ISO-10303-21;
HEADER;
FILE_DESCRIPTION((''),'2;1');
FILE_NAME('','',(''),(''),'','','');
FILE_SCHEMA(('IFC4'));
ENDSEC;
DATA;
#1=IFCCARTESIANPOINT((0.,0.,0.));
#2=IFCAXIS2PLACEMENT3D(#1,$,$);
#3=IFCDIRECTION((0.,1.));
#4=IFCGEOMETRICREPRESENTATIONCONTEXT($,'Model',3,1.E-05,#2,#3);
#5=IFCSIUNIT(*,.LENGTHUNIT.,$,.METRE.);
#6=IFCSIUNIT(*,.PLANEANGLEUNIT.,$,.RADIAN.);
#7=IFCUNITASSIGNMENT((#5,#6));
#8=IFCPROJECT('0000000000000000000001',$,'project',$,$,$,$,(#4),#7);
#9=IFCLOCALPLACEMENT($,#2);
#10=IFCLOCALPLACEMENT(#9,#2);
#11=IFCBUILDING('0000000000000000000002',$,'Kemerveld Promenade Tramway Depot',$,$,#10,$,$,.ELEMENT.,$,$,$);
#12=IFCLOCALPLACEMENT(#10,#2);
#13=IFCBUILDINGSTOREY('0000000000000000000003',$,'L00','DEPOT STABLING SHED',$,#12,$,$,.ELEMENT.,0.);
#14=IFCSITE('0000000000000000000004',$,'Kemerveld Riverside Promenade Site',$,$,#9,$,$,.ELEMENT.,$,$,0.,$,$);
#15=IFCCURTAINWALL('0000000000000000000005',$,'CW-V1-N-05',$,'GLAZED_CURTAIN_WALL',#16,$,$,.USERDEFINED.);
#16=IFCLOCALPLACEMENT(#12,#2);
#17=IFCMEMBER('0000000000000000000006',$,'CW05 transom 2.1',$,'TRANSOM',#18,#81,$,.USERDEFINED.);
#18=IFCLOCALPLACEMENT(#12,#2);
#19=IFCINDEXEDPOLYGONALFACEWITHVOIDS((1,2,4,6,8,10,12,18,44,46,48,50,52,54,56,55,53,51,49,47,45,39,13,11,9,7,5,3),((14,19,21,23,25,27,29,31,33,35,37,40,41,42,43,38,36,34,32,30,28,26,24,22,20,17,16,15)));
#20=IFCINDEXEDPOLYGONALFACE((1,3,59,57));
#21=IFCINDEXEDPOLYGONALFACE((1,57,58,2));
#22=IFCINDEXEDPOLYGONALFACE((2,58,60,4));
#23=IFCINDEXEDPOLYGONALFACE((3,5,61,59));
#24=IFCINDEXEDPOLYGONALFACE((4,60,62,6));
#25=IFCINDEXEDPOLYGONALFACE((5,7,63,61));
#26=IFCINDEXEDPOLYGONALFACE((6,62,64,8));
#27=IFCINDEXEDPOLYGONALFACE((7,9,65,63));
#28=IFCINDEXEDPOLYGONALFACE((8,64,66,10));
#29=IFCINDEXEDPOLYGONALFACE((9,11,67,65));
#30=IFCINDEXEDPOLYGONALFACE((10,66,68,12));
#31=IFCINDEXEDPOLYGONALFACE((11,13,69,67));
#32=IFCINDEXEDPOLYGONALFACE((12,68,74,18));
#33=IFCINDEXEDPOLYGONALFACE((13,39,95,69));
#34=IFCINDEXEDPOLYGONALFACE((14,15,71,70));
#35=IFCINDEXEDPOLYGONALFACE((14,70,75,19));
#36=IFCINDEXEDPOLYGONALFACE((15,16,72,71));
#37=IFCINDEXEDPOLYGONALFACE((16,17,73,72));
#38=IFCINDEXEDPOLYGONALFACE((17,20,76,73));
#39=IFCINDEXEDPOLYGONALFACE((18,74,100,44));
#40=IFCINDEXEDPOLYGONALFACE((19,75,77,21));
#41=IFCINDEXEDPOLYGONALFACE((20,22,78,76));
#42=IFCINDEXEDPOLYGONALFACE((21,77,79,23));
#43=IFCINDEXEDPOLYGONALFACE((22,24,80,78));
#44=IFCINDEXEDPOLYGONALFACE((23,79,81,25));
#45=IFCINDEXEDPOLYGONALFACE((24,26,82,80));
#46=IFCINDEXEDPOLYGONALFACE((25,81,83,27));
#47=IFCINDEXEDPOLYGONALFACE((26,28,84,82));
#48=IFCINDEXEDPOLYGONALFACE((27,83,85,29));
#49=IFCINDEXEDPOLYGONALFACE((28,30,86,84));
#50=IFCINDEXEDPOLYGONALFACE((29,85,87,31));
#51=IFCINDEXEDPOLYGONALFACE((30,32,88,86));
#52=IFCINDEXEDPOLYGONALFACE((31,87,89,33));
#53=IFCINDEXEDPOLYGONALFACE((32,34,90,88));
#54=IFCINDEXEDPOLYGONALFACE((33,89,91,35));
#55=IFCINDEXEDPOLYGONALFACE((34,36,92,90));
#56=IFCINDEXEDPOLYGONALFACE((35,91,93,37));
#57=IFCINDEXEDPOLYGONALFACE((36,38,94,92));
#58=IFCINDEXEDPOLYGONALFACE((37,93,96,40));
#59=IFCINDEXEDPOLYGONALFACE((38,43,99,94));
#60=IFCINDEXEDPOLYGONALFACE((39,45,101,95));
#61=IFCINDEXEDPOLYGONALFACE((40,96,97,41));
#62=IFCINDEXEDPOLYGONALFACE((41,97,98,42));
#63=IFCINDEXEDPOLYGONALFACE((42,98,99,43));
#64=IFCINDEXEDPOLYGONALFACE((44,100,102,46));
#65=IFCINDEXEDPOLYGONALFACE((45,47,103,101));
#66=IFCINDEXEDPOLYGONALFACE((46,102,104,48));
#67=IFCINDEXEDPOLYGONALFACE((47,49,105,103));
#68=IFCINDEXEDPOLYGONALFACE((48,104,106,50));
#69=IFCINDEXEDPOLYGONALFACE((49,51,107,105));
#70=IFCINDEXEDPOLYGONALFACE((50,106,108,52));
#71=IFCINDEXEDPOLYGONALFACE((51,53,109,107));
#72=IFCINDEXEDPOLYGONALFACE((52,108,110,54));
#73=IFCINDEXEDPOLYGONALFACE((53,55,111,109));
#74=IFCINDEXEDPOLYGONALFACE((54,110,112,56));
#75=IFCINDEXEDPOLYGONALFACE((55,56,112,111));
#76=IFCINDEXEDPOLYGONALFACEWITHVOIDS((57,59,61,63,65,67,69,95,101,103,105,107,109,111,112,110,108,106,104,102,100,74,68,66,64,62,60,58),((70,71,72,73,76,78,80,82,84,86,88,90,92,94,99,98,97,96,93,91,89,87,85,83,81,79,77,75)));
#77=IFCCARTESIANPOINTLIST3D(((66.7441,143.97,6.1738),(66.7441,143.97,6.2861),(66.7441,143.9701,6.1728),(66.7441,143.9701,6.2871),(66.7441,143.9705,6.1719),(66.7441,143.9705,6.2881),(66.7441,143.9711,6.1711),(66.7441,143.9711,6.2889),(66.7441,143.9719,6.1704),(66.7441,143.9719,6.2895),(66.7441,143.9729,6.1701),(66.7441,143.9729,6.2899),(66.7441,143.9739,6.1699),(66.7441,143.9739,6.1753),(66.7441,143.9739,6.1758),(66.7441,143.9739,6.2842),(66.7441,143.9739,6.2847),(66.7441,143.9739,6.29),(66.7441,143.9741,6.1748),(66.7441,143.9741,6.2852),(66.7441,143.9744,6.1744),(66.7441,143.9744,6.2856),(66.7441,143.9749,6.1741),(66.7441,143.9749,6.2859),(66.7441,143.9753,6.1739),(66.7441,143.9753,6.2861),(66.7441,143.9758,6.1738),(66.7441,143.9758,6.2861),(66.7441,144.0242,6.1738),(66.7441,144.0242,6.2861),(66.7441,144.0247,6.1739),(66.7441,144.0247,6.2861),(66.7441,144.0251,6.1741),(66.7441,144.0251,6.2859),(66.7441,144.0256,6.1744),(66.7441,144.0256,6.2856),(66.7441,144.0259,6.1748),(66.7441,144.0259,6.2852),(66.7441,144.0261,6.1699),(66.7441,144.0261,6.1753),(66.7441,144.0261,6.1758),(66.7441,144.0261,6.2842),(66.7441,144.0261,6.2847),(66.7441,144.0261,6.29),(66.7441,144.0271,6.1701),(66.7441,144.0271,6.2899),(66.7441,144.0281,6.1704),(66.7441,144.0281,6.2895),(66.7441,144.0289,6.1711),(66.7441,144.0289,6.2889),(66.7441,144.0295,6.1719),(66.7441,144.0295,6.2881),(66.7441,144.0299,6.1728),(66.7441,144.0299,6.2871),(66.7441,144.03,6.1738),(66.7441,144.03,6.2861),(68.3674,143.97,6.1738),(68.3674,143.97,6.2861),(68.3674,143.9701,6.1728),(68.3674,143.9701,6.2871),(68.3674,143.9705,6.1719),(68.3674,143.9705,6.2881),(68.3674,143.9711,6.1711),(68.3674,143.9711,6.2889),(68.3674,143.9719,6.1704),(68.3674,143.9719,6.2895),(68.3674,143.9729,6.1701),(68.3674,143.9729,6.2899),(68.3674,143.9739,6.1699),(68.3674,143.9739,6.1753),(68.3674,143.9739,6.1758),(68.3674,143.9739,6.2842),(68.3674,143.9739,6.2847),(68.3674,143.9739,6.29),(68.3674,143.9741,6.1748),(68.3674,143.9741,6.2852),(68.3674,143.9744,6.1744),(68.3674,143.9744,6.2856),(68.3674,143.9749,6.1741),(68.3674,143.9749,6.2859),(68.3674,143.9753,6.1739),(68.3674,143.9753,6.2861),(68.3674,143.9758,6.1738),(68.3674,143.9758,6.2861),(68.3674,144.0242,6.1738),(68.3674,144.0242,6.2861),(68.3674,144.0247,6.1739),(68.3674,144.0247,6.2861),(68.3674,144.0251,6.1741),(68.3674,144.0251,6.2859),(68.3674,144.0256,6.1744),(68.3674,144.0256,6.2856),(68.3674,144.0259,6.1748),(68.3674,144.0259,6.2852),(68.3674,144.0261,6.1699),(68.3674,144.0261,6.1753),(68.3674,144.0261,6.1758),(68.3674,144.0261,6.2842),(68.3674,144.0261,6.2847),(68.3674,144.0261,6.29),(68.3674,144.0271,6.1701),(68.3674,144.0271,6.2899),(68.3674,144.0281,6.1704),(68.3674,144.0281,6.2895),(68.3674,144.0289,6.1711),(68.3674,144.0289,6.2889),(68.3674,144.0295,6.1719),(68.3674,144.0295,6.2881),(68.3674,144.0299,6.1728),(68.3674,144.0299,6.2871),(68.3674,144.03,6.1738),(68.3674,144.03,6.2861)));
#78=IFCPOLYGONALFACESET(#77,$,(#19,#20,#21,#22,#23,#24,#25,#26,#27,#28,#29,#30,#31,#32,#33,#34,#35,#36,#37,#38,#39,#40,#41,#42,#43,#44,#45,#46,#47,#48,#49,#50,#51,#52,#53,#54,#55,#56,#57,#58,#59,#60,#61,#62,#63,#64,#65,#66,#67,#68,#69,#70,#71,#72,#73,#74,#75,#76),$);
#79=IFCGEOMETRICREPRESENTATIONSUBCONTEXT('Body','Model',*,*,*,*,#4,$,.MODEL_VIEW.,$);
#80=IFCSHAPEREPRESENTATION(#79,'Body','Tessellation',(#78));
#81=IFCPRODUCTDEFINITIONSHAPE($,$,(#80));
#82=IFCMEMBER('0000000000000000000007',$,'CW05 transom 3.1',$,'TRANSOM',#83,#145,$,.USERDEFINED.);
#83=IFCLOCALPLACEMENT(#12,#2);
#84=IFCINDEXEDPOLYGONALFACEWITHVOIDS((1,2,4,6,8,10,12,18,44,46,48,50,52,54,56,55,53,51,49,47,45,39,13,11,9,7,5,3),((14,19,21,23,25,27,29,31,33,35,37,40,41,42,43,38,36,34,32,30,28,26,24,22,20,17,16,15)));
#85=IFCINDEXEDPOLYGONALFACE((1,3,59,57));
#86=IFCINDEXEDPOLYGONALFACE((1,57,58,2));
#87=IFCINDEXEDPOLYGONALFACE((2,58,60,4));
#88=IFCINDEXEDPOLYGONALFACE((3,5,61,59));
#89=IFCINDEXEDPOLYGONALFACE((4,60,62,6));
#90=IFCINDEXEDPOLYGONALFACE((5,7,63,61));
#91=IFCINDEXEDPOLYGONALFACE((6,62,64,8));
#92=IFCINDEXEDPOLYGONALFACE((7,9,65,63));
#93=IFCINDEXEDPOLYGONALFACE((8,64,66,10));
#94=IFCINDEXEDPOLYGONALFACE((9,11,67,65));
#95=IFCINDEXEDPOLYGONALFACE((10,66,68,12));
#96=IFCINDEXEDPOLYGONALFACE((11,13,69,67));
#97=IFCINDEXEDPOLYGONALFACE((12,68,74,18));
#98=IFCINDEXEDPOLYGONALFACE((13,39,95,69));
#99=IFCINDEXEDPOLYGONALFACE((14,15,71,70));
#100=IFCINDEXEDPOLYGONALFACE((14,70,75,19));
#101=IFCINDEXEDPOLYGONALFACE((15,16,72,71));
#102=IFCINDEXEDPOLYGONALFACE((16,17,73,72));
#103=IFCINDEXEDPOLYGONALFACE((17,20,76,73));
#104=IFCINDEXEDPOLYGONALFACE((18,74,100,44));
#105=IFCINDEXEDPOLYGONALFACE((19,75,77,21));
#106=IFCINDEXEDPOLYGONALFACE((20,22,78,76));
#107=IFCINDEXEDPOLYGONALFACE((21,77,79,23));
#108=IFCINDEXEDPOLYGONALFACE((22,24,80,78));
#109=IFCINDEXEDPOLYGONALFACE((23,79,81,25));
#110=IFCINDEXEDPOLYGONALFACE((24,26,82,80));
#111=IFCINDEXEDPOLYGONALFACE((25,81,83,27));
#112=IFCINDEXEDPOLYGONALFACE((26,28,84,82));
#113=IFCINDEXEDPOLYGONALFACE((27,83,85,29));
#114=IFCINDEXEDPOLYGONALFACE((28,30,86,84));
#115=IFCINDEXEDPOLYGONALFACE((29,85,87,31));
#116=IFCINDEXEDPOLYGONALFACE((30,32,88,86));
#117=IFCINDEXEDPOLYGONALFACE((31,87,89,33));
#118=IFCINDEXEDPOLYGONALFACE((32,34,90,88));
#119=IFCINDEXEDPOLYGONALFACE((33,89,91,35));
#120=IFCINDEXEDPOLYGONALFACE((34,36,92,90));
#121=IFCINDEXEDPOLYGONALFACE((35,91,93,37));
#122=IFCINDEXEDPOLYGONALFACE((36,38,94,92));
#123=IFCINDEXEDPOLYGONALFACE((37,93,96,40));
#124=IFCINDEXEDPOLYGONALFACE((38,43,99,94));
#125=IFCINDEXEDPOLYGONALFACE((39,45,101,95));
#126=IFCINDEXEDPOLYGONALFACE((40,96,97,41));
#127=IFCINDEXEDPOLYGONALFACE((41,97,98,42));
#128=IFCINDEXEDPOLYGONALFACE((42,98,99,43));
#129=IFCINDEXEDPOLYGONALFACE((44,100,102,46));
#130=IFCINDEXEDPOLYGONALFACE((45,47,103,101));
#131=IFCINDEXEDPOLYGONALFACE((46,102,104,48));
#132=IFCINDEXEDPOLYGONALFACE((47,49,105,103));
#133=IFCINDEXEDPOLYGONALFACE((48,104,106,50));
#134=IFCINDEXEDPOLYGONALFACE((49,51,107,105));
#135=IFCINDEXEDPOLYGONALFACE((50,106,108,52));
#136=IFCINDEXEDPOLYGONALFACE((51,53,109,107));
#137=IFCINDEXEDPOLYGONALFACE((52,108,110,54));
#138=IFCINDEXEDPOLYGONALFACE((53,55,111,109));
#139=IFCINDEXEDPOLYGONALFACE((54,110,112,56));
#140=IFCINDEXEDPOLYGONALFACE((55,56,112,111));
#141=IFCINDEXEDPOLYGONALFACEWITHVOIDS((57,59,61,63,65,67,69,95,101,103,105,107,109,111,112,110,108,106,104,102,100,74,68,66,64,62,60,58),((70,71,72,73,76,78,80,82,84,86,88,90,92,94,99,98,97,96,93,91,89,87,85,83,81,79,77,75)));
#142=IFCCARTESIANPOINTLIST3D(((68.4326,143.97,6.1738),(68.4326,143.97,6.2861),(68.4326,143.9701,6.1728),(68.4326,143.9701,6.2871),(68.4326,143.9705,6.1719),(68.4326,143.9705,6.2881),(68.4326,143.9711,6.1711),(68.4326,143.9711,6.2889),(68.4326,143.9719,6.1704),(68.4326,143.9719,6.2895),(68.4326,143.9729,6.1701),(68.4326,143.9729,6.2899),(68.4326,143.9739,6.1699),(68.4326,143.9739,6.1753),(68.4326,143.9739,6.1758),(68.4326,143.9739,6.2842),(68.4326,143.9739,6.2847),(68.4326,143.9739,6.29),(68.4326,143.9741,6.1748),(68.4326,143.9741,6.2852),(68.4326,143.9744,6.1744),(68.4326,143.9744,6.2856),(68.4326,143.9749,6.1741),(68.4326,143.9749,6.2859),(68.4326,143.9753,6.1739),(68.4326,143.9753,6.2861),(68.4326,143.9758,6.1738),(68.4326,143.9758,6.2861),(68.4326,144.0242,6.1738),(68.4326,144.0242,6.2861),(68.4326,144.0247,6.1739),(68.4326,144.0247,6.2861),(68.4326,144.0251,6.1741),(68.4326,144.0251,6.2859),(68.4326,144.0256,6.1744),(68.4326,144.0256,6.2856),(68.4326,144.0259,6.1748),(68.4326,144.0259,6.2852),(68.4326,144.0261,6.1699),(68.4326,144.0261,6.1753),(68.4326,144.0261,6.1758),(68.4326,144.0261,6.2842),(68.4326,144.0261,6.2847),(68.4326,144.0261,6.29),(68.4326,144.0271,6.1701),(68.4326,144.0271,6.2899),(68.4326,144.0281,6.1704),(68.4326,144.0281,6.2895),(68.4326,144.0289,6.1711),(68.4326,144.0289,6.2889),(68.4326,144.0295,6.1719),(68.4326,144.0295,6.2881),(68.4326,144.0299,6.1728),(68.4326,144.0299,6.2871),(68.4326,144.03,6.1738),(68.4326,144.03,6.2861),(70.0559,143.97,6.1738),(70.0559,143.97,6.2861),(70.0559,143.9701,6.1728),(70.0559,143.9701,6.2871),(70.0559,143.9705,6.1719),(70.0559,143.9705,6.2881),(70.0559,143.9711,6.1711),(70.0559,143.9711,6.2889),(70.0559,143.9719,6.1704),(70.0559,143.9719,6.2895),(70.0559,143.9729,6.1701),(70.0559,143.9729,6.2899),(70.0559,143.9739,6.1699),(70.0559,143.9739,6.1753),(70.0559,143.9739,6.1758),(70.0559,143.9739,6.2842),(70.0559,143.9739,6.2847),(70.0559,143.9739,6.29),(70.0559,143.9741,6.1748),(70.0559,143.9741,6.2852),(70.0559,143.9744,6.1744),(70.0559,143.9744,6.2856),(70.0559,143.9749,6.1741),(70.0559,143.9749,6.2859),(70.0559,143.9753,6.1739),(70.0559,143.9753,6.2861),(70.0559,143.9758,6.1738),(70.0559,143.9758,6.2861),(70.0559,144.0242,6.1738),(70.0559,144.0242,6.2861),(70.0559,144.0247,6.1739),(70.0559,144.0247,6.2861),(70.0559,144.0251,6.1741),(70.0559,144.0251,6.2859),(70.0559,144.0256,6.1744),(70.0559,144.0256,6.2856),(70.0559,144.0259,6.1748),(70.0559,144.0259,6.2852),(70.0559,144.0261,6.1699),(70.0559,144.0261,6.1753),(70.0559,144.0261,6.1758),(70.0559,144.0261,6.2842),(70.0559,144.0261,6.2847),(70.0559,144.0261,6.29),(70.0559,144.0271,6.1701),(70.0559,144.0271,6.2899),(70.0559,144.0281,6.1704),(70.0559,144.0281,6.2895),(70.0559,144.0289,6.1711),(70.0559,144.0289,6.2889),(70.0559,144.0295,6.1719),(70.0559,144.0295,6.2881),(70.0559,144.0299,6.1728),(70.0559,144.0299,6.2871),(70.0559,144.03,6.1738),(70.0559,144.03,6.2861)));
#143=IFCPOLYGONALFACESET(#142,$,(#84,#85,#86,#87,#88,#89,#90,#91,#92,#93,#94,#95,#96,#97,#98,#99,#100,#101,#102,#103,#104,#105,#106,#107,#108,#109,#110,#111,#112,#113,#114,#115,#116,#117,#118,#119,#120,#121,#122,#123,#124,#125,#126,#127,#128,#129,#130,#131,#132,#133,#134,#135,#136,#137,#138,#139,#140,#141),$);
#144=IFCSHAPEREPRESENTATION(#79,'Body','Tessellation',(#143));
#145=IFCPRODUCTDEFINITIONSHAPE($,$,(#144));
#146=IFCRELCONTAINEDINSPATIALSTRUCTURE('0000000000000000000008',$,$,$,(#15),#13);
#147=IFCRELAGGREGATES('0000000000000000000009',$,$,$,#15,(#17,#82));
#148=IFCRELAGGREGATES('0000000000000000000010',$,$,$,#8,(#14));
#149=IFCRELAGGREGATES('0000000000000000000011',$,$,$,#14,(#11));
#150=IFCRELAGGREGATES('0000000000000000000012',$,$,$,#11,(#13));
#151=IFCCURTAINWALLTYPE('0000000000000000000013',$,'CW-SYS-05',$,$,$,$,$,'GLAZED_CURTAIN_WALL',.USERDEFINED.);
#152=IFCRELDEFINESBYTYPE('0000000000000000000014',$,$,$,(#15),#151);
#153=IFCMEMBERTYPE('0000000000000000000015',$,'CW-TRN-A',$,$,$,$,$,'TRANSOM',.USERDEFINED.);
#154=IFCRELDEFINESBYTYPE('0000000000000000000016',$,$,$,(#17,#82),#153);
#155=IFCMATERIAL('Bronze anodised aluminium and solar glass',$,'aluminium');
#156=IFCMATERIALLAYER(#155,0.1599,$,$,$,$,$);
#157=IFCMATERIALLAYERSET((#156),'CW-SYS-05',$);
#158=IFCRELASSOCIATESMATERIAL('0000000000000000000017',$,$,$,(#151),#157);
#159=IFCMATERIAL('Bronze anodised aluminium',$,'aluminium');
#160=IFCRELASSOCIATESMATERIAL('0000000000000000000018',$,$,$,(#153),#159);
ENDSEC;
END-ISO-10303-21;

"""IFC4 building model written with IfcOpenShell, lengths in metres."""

from ifc_helpers import new_model, si_unit, direction, frame, origin, origin_2d, place, context, subcontext, project, spatial, hollow_rectangle, extrude, material, layer, layer_set, material_profile, profile_set, type_object, element, aggregate, save


model = new_model("IFC4")

# Units and contexts
model_context = context("Model", 3, precision=1e-05, world=origin(), true_north=direction((0.0, 1.0)))
body_context = subcontext(model_context, "Body", "Model", "MODEL_VIEW")
ifc_project = project(units=[si_unit("LENGTHUNIT", "METRE"), si_unit("PLANEANGLEUNIT", "RADIAN")], contexts=[model_context])

# Site, building, storey
site_placement = place(None, origin())
site = spatial("IfcSite", under=ifc_project, at=site_placement, Name="Kemerveld Riverside Promenade Site", CompositionType="ELEMENT", RefElevation=0.0)
building_placement = place(site_placement, origin())
building = spatial("IfcBuilding", under=site, at=building_placement, Name="Kemerveld Promenade Tramway Depot", CompositionType="ELEMENT")
storey_placement = place(building_placement, origin())
storey = spatial("IfcBuildingStorey", under=building, at=storey_placement, Name="L00", Description="DEPOT STABLING SHED", CompositionType="ELEMENT", Elevation=0.0)

# Curtain wall
ifc_material_1 = material(Name="Bronze anodised aluminium and solar glass", Category="aluminium")
ifc_layer_1 = layer(ifc_material_1, 0.1599)
ifc_layer_set_1 = layer_set([ifc_layer_1], Name="CW-SYS-05")
curtain_wall_type_1 = type_object("IfcCurtainWallType", Name="CW-SYS-05", ElementType="GLAZED_CURTAIN_WALL", PredefinedType="USERDEFINED", material=ifc_layer_set_1)
curtain_wall_1_placement = place(storey_placement, origin())
curtain_wall_1 = element("IfcCurtainWall", 1, at=curtain_wall_1_placement, inside=storey, type_object=curtain_wall_type_1, Name="CW-V1-N-05", ObjectType="GLAZED_CURTAIN_WALL", PredefinedType="USERDEFINED")
ifc_material_2 = material(Name="Bronze anodised aluminium", Category="aluminium")

# Members
ifc_material_profile_1 = material_profile(ifc_material_2, hollow_rectangle(XDim=0.0601, YDim=0.1201, WallThickness=0.0039, InnerFilletRadius=0.002, OuterFilletRadius=0.0039, at=origin_2d()), Name="CW-TRN-120x60")
ifc_profile_set_1 = profile_set([ifc_material_profile_1], Name="Bronze anodised aluminium")
member_type_1 = type_object("IfcMemberType", Name="CW-TRN-A", ElementType="TRANSOM", PredefinedType="USERDEFINED", material=ifc_profile_set_1)
member_1_placement = place(storey_placement, frame((66.7441, 144.0, 6.23), z_axis=(1.0, 0.0, 0.0), x_axis=(0.0, 1.0, 0.0)))
member_1 = element("IfcMember", 2, at=member_1_placement, type_object=member_type_1, Name="CW05 transom 2.1", ObjectType="TRANSOM", PredefinedType="USERDEFINED", context=body_context, shape_type="SweptSolid", body=[
    extrude(hollow_rectangle(XDim=0.0601, YDim=0.1201, WallThickness=0.0039, InnerFilletRadius=0.002, OuterFilletRadius=0.0039, at=origin_2d()), origin(), (0.0, 0.0, 1.0), 1.6233),
])
member_2_placement = place(storey_placement, frame((68.4326, 144.0, 6.23), z_axis=(1.0, 0.0, 0.0), x_axis=(0.0, 1.0, 0.0)))
member_2 = element("IfcMember", 3, at=member_2_placement, type_object=member_type_1, Name="CW05 transom 3.1", ObjectType="TRANSOM", PredefinedType="USERDEFINED", context=body_context, shape_type="SweptSolid", body=[
    extrude(hollow_rectangle(XDim=0.0601, YDim=0.1201, WallThickness=0.0039, InnerFilletRadius=0.002, OuterFilletRadius=0.0039, at=origin_2d()), origin(), (0.0, 0.0, 1.0), 1.6233),
])

aggregate(curtain_wall_1, [member_1, member_2])

save(model, "model.ifc")
